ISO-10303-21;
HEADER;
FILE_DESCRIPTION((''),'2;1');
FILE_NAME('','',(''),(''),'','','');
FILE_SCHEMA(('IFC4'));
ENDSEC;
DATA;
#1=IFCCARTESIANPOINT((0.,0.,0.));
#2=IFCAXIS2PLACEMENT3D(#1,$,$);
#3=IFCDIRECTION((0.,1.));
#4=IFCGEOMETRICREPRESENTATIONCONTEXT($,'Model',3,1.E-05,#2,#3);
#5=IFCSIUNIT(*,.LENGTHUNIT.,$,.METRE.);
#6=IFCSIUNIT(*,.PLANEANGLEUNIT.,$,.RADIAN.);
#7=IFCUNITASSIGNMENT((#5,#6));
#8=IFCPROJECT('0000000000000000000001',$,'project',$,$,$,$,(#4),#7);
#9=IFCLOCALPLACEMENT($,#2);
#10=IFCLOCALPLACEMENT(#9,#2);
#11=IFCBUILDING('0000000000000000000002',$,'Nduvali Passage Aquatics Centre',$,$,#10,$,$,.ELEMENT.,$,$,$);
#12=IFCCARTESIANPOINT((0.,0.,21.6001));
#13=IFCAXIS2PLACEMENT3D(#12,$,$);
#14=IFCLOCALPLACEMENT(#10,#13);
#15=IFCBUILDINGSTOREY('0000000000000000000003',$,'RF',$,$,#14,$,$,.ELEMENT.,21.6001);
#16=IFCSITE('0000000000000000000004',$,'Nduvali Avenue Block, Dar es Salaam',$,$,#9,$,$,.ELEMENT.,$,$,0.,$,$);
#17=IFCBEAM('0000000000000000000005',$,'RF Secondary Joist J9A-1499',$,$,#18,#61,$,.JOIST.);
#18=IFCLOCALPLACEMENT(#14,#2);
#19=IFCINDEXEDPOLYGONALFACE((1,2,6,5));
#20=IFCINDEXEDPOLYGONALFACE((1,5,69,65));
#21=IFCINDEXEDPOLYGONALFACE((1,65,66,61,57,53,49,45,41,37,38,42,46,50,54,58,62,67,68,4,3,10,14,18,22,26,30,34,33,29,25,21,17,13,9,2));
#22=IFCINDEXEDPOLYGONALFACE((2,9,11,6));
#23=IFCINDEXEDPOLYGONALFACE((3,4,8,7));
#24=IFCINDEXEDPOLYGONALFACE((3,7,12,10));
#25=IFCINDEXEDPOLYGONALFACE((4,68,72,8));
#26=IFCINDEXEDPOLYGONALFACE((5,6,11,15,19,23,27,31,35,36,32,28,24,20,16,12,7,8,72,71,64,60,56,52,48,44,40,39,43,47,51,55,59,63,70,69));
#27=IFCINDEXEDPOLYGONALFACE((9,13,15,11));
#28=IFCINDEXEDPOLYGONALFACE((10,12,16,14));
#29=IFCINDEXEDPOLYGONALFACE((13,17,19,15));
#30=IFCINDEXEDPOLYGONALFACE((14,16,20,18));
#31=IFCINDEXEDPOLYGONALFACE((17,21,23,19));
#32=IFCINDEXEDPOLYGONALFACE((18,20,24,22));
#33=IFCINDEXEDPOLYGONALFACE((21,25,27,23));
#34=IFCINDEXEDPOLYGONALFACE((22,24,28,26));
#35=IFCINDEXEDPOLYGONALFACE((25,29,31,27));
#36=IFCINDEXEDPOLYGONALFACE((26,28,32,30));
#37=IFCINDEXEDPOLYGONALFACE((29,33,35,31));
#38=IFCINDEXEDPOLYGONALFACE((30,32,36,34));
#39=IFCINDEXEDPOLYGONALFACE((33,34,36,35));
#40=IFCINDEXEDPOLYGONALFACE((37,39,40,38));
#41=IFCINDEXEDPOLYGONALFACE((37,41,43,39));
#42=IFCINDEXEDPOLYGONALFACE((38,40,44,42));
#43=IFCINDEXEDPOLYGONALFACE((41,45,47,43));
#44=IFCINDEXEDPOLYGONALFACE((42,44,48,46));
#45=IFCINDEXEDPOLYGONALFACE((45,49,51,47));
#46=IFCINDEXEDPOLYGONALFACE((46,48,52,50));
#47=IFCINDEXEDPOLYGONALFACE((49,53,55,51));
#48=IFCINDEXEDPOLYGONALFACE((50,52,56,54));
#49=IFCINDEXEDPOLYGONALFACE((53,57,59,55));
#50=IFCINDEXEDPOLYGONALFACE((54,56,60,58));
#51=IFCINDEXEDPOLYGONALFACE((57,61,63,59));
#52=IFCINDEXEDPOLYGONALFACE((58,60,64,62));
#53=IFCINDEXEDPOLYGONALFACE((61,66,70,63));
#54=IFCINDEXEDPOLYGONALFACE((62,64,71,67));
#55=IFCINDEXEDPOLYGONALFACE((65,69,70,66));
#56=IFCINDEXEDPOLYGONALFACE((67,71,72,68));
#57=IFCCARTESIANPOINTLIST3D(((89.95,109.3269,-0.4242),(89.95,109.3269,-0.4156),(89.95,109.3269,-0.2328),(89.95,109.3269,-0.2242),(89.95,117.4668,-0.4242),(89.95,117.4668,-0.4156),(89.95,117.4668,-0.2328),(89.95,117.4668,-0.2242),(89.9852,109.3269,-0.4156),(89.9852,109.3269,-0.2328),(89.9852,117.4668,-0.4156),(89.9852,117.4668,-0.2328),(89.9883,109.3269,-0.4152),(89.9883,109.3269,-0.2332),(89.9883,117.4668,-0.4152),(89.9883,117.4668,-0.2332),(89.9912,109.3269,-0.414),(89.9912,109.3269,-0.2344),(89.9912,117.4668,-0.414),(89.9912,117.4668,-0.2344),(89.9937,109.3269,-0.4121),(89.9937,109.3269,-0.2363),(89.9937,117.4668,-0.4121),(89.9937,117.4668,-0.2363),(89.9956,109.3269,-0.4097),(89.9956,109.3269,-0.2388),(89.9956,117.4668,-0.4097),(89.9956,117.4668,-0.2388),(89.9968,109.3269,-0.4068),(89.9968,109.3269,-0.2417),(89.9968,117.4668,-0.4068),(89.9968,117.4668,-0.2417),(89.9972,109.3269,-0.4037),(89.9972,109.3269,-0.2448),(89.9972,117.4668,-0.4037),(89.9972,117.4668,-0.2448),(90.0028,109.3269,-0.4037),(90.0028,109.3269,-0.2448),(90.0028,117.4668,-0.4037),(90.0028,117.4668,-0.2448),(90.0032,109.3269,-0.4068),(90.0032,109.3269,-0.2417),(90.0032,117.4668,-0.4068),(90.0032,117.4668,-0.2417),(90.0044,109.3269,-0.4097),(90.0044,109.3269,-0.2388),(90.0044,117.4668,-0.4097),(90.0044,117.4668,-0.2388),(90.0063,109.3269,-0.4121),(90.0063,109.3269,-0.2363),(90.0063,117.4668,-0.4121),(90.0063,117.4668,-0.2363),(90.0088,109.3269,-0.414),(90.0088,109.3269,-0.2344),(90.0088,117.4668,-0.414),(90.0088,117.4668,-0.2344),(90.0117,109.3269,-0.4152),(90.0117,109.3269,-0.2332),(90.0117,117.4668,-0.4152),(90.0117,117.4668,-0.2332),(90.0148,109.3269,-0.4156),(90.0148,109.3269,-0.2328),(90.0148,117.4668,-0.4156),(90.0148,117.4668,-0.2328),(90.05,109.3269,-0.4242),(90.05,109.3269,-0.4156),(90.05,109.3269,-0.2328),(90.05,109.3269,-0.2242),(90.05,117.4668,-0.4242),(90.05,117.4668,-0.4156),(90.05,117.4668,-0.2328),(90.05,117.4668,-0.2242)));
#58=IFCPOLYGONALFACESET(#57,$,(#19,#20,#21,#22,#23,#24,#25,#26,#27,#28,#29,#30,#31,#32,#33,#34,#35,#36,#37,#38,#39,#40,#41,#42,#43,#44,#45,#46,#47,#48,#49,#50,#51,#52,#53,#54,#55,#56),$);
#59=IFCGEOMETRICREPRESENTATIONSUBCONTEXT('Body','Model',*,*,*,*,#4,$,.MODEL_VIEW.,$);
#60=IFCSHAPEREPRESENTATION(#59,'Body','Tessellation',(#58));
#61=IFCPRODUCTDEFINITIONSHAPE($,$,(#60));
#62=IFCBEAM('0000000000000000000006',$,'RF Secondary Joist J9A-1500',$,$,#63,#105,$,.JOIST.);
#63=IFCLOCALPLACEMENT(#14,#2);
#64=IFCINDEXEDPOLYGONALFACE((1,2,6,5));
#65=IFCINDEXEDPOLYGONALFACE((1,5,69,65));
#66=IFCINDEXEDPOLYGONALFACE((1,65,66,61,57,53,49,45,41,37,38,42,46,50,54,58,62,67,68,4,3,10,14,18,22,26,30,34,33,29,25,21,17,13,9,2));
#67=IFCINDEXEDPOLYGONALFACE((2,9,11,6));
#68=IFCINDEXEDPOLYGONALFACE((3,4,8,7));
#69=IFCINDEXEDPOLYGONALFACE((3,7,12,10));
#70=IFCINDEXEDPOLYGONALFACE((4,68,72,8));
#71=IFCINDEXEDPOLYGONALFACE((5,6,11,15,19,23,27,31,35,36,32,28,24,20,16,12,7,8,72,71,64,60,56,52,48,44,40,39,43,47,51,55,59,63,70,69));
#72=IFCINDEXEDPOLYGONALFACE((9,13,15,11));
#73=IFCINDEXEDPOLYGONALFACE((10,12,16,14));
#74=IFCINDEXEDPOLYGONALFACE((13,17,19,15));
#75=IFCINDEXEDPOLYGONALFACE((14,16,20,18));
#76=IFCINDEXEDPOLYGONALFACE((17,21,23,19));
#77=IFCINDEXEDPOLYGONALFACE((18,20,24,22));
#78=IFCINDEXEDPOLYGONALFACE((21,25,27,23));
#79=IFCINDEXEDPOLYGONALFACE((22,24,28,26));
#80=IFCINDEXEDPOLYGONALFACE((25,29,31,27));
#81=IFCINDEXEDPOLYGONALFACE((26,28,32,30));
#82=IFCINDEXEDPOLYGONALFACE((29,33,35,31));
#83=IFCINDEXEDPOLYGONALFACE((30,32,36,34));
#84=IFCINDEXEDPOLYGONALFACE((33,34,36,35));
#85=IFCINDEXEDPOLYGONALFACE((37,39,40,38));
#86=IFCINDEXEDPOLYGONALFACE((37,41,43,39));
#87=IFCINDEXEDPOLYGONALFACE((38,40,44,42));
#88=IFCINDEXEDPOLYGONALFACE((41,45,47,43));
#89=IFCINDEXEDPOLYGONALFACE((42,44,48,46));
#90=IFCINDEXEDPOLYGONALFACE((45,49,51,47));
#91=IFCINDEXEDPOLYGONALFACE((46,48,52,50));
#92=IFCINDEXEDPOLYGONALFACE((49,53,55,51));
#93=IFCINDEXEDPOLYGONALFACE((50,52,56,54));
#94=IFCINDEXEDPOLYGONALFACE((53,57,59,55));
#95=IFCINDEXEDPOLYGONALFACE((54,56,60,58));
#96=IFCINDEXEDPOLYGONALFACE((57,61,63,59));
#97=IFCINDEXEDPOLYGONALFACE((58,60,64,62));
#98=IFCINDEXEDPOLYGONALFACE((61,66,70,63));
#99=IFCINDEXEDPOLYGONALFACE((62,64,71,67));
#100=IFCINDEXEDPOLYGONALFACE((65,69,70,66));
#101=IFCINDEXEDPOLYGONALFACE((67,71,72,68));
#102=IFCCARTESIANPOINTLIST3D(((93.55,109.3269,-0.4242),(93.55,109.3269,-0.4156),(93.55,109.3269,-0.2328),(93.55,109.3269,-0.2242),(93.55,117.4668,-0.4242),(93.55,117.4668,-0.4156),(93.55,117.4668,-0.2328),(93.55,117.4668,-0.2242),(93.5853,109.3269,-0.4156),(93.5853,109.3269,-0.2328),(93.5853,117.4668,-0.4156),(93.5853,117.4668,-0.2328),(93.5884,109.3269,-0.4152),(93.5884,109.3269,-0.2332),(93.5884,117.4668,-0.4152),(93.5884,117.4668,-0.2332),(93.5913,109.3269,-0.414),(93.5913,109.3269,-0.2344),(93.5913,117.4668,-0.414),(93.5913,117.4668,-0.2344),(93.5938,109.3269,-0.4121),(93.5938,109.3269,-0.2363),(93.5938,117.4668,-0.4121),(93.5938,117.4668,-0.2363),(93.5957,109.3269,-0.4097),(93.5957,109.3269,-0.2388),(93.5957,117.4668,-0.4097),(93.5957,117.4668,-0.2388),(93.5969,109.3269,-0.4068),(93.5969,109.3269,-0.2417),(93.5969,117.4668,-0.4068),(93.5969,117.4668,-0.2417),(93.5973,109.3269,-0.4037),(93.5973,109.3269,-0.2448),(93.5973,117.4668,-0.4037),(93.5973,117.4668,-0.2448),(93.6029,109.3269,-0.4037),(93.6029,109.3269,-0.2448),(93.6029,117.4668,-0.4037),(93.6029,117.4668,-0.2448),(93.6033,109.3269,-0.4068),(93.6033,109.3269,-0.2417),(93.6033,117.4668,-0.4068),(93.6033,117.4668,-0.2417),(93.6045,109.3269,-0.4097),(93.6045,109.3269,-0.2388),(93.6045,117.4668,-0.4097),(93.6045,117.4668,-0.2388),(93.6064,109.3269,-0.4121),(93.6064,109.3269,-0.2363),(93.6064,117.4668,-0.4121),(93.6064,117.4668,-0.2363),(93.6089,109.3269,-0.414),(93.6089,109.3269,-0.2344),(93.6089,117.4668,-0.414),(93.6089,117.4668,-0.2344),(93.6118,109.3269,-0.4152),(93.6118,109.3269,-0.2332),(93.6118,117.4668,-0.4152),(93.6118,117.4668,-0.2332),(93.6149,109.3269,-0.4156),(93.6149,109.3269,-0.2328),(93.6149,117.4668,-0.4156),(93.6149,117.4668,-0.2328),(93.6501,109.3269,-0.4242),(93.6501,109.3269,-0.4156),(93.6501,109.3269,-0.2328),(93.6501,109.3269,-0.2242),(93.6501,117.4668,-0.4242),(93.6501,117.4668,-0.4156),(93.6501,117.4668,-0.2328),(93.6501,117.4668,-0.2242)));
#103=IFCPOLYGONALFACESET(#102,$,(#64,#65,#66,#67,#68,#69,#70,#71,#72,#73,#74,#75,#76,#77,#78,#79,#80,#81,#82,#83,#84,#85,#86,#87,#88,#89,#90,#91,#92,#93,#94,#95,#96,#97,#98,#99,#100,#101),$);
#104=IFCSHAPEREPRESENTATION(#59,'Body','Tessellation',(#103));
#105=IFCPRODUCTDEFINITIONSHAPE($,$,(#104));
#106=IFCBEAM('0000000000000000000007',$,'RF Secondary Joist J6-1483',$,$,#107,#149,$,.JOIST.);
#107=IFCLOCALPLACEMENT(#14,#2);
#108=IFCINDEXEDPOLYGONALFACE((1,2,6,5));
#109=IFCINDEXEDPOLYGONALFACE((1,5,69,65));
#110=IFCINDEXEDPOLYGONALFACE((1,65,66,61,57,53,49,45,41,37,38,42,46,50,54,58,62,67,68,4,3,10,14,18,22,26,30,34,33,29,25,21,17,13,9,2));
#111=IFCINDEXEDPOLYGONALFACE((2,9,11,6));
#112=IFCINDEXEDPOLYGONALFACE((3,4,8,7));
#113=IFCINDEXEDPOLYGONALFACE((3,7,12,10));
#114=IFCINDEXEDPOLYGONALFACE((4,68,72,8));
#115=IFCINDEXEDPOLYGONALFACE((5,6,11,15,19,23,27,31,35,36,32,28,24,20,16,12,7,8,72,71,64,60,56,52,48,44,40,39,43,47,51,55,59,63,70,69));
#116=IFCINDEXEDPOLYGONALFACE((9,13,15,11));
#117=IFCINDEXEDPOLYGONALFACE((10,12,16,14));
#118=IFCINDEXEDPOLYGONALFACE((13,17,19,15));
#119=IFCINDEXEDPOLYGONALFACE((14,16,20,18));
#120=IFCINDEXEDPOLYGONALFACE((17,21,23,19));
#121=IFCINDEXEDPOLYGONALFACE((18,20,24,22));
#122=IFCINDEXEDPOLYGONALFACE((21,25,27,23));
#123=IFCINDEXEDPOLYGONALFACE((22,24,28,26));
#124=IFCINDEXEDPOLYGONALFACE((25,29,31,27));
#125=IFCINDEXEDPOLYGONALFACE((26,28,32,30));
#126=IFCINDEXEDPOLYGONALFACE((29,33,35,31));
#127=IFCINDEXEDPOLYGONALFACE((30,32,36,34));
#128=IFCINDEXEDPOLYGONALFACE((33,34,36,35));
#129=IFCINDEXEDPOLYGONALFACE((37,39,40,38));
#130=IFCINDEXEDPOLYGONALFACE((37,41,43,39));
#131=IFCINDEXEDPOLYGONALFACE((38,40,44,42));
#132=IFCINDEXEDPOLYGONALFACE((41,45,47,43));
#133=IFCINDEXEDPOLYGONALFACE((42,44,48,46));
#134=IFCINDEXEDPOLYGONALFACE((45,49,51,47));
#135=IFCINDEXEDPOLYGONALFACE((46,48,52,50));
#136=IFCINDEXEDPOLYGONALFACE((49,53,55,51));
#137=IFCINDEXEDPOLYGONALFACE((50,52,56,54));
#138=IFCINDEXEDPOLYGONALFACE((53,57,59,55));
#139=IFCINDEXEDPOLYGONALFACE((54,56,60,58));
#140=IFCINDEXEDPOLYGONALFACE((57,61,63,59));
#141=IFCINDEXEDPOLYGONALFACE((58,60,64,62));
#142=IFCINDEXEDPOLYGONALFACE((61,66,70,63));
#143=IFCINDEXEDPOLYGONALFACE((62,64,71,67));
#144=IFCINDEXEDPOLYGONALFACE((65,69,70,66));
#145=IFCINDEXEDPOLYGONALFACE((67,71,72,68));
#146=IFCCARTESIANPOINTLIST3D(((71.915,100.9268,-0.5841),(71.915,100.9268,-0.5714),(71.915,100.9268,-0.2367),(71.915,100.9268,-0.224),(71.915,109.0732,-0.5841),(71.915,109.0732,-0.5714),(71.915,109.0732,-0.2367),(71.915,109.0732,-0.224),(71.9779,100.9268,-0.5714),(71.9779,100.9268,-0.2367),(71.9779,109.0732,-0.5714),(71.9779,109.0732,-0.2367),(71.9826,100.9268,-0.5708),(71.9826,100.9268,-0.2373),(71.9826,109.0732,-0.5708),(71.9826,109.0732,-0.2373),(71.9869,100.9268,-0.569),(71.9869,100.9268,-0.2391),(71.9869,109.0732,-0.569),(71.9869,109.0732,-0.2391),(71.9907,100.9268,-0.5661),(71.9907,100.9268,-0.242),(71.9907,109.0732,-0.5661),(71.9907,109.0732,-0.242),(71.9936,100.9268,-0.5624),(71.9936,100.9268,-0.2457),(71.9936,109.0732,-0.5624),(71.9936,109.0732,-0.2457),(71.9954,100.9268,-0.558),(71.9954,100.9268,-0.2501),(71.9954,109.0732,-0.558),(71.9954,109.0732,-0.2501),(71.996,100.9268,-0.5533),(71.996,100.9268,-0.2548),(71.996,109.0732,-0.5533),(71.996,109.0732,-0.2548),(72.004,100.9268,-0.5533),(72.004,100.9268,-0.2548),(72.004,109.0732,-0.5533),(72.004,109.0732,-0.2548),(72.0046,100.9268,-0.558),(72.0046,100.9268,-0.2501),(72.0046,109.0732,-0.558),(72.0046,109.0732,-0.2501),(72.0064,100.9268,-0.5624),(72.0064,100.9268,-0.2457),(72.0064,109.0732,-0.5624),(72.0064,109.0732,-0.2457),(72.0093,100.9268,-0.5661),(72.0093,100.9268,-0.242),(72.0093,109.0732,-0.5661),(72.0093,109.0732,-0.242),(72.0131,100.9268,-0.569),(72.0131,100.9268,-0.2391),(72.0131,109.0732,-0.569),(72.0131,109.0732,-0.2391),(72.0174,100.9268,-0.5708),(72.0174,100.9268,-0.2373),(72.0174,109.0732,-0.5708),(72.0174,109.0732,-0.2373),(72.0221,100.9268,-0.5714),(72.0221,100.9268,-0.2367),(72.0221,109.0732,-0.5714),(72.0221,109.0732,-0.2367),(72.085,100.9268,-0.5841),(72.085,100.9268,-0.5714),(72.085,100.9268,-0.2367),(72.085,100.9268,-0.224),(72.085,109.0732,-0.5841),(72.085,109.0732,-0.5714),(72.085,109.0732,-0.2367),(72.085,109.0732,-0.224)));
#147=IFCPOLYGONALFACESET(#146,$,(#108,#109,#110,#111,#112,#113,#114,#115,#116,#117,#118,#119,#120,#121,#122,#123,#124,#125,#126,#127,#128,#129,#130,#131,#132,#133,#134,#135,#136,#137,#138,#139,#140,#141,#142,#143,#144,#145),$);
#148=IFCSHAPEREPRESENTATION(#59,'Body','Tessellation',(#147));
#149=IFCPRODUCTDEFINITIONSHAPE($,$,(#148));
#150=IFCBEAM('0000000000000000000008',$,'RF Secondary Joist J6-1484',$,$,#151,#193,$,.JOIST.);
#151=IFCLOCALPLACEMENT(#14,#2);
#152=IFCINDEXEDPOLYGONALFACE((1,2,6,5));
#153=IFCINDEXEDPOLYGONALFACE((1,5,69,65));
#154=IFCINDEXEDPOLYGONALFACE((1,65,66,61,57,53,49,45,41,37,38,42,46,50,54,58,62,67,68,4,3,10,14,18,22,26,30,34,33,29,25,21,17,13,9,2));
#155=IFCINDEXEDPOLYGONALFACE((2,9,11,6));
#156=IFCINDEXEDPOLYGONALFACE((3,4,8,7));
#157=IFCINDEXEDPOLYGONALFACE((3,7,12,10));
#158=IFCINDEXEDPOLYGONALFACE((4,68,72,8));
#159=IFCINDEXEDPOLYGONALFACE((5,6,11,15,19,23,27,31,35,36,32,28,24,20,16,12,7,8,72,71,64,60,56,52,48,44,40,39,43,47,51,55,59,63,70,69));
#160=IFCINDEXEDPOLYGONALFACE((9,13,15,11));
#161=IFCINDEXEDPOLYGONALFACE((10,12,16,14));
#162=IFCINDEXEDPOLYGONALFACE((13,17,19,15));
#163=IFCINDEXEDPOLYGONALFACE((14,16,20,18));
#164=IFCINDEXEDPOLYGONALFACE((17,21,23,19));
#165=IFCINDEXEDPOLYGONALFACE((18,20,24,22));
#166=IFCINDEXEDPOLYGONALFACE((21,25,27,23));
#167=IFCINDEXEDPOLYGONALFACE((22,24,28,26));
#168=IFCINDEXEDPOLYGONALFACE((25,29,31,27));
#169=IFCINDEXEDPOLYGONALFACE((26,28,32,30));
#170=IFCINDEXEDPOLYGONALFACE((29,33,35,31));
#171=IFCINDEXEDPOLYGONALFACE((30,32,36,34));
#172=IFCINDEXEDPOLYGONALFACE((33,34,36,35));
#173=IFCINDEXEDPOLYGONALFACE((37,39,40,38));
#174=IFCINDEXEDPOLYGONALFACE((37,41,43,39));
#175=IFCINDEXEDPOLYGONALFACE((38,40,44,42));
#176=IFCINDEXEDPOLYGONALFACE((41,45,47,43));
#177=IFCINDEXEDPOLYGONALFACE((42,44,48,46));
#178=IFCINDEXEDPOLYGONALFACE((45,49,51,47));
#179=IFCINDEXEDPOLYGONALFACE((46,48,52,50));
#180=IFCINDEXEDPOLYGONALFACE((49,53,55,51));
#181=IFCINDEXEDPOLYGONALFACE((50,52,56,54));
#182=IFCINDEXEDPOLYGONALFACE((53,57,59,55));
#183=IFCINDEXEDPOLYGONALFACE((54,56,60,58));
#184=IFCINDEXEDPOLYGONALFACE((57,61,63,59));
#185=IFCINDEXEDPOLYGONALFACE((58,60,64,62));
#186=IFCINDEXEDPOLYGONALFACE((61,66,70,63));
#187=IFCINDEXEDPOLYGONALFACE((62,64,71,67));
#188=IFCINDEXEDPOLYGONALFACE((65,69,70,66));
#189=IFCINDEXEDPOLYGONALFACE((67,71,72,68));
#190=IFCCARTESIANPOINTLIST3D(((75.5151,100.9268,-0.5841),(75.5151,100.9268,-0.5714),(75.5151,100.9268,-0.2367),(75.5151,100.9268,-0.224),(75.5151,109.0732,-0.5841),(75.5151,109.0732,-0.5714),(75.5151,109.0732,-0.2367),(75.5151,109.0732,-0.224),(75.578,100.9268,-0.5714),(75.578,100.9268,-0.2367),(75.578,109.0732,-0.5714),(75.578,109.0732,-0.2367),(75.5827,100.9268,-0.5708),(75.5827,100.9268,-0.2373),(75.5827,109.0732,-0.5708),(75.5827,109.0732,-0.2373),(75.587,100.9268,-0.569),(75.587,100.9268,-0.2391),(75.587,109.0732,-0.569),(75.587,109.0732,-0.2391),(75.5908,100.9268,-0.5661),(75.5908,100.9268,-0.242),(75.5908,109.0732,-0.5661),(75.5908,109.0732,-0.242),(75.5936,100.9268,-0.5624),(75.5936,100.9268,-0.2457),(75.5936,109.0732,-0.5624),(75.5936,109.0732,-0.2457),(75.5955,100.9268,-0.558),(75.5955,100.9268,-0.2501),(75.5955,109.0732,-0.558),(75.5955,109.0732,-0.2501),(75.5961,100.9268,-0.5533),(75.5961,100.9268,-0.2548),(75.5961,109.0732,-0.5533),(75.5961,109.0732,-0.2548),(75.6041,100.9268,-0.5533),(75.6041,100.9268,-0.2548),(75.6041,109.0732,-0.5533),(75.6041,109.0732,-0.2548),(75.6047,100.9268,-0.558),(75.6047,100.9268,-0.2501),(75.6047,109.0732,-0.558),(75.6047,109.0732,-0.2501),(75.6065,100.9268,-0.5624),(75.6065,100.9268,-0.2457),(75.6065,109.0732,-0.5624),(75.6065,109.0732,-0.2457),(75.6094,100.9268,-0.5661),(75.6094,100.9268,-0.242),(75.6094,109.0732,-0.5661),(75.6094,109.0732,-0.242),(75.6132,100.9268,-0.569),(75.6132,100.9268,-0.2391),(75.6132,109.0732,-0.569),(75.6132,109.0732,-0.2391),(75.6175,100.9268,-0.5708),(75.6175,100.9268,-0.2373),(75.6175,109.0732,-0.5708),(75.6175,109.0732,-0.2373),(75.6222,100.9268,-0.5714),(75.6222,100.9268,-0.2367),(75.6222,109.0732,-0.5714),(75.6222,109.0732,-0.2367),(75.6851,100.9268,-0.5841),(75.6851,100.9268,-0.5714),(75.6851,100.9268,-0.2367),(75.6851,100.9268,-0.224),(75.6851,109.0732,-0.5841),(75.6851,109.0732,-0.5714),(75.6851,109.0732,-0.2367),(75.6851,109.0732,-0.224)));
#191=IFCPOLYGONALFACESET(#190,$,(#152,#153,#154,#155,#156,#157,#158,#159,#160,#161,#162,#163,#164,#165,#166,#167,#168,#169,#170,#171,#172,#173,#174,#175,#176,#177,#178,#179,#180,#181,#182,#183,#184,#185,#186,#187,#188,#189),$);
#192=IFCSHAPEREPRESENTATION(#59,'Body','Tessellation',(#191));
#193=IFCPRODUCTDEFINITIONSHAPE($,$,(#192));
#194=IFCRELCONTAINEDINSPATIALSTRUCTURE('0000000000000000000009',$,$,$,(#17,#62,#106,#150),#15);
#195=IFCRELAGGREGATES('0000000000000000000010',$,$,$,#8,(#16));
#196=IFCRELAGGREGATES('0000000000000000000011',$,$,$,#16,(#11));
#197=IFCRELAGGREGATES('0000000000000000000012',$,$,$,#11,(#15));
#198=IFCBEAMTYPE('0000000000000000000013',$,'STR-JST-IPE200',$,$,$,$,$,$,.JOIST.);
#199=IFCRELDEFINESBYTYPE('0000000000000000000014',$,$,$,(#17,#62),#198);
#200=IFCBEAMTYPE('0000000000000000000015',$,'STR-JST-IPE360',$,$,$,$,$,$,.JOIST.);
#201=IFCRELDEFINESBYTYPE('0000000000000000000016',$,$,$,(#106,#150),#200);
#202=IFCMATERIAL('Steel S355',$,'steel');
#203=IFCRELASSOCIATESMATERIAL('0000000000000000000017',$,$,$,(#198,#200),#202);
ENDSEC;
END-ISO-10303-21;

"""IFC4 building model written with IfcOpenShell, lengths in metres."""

from ifc_helpers import new_model, si_unit, direction, frame, origin, origin_2d, place, context, subcontext, project, spatial, i_section, extrude, material, material_profile, profile_set, type_object, element, save


model = new_model("IFC4")

# Units and contexts
model_context = context("Model", 3, precision=1e-05, world=origin(), true_north=direction((0.0, 1.0)))
body_context = subcontext(model_context, "Body", "Model", "MODEL_VIEW")
ifc_project = project(units=[si_unit("LENGTHUNIT", "METRE"), si_unit("PLANEANGLEUNIT", "RADIAN")], contexts=[model_context])

# Site, building, storey
site_placement = place(None, origin())
site = spatial("IfcSite", under=ifc_project, at=site_placement, Name="Nduvali Avenue Block, Dar es Salaam", CompositionType="ELEMENT", RefElevation=0.0)
building_placement = place(site_placement, origin())
building = spatial("IfcBuilding", under=site, at=building_placement, Name="Nduvali Passage Aquatics Centre", CompositionType="ELEMENT")
storey_placement = place(building_placement, frame((0.0, 0.0, 21.6001)))
storey = spatial("IfcBuildingStorey", under=building, at=storey_placement, Name="RF", CompositionType="ELEMENT", Elevation=21.6001)

# Beams
ifc_material_1 = material(Name="Steel S355", Category="steel")
ifc_material_profile_1 = material_profile(ifc_material_1, i_section(OverallWidth=0.1001, OverallDepth=0.2, WebThickness=0.0056, FlangeThickness=0.0085, FilletRadius=0.012, at=origin_2d()), Name="IPE 200")
ifc_profile_set_1 = profile_set([ifc_material_profile_1], Name="Steel S355")
beam_type_1 = type_object("IfcBeamType", Name="STR-JST-IPE200", PredefinedType="JOIST", material=ifc_profile_set_1)
for number, where, z_axis, x_axis, name in (
    (1, (90.0, 109.3269, -0.3242), (0.0, 1.0, 0.0), (-1.0, 0.0, 0.0), "RF Secondary Joist J9A-1499"),
    (2, (93.6001, 109.3269, -0.3242), (0.0, 1.0, 0.0), (-1.0, 0.0, 0.0), "RF Secondary Joist J9A-1500"),
):
    element("IfcBeam", number, at=place(storey_placement, frame(where, z_axis=z_axis, x_axis=x_axis)), inside=storey, type_object=beam_type_1, Name=name, PredefinedType="JOIST", context=body_context, shape_type="SweptSolid", body=[
        extrude(i_section(OverallWidth=0.1001, OverallDepth=0.2, WebThickness=0.0056, FlangeThickness=0.0085, FilletRadius=0.012, at=origin_2d()), origin(), (0.0, 0.0, 1.0), 8.1399),
    ])
ifc_material_profile_2 = material_profile(ifc_material_1, i_section(OverallWidth=0.1699, OverallDepth=0.3601, WebThickness=0.0081, FlangeThickness=0.0127, FilletRadius=0.0181, at=origin_2d()), Name="IPE 360")
ifc_profile_set_2 = profile_set([ifc_material_profile_2], Name="Steel S355")
beam_type_2 = type_object("IfcBeamType", Name="STR-JST-IPE360", PredefinedType="JOIST", material=ifc_profile_set_2)
for number, where, z_axis, x_axis, name in (
    (3, (72.0, 100.9268, -0.4041), (0.0, 1.0, 0.0), (-1.0, 0.0, 0.0), "RF Secondary Joist J6-1483"),
    (4, (75.6001, 100.9268, -0.4041), (0.0, 1.0, 0.0), (-1.0, 0.0, 0.0), "RF Secondary Joist J6-1484"),
):
    element("IfcBeam", number, at=place(storey_placement, frame(where, z_axis=z_axis, x_axis=x_axis)), inside=storey, type_object=beam_type_2, Name=name, PredefinedType="JOIST", context=body_context, shape_type="SweptSolid", body=[
        extrude(i_section(OverallWidth=0.1699, OverallDepth=0.3601, WebThickness=0.0081, FlangeThickness=0.0127, FilletRadius=0.0181, at=origin_2d()), origin(), (0.0, 0.0, 1.0), 8.1465),
    ])

save(model, "model.ifc")
